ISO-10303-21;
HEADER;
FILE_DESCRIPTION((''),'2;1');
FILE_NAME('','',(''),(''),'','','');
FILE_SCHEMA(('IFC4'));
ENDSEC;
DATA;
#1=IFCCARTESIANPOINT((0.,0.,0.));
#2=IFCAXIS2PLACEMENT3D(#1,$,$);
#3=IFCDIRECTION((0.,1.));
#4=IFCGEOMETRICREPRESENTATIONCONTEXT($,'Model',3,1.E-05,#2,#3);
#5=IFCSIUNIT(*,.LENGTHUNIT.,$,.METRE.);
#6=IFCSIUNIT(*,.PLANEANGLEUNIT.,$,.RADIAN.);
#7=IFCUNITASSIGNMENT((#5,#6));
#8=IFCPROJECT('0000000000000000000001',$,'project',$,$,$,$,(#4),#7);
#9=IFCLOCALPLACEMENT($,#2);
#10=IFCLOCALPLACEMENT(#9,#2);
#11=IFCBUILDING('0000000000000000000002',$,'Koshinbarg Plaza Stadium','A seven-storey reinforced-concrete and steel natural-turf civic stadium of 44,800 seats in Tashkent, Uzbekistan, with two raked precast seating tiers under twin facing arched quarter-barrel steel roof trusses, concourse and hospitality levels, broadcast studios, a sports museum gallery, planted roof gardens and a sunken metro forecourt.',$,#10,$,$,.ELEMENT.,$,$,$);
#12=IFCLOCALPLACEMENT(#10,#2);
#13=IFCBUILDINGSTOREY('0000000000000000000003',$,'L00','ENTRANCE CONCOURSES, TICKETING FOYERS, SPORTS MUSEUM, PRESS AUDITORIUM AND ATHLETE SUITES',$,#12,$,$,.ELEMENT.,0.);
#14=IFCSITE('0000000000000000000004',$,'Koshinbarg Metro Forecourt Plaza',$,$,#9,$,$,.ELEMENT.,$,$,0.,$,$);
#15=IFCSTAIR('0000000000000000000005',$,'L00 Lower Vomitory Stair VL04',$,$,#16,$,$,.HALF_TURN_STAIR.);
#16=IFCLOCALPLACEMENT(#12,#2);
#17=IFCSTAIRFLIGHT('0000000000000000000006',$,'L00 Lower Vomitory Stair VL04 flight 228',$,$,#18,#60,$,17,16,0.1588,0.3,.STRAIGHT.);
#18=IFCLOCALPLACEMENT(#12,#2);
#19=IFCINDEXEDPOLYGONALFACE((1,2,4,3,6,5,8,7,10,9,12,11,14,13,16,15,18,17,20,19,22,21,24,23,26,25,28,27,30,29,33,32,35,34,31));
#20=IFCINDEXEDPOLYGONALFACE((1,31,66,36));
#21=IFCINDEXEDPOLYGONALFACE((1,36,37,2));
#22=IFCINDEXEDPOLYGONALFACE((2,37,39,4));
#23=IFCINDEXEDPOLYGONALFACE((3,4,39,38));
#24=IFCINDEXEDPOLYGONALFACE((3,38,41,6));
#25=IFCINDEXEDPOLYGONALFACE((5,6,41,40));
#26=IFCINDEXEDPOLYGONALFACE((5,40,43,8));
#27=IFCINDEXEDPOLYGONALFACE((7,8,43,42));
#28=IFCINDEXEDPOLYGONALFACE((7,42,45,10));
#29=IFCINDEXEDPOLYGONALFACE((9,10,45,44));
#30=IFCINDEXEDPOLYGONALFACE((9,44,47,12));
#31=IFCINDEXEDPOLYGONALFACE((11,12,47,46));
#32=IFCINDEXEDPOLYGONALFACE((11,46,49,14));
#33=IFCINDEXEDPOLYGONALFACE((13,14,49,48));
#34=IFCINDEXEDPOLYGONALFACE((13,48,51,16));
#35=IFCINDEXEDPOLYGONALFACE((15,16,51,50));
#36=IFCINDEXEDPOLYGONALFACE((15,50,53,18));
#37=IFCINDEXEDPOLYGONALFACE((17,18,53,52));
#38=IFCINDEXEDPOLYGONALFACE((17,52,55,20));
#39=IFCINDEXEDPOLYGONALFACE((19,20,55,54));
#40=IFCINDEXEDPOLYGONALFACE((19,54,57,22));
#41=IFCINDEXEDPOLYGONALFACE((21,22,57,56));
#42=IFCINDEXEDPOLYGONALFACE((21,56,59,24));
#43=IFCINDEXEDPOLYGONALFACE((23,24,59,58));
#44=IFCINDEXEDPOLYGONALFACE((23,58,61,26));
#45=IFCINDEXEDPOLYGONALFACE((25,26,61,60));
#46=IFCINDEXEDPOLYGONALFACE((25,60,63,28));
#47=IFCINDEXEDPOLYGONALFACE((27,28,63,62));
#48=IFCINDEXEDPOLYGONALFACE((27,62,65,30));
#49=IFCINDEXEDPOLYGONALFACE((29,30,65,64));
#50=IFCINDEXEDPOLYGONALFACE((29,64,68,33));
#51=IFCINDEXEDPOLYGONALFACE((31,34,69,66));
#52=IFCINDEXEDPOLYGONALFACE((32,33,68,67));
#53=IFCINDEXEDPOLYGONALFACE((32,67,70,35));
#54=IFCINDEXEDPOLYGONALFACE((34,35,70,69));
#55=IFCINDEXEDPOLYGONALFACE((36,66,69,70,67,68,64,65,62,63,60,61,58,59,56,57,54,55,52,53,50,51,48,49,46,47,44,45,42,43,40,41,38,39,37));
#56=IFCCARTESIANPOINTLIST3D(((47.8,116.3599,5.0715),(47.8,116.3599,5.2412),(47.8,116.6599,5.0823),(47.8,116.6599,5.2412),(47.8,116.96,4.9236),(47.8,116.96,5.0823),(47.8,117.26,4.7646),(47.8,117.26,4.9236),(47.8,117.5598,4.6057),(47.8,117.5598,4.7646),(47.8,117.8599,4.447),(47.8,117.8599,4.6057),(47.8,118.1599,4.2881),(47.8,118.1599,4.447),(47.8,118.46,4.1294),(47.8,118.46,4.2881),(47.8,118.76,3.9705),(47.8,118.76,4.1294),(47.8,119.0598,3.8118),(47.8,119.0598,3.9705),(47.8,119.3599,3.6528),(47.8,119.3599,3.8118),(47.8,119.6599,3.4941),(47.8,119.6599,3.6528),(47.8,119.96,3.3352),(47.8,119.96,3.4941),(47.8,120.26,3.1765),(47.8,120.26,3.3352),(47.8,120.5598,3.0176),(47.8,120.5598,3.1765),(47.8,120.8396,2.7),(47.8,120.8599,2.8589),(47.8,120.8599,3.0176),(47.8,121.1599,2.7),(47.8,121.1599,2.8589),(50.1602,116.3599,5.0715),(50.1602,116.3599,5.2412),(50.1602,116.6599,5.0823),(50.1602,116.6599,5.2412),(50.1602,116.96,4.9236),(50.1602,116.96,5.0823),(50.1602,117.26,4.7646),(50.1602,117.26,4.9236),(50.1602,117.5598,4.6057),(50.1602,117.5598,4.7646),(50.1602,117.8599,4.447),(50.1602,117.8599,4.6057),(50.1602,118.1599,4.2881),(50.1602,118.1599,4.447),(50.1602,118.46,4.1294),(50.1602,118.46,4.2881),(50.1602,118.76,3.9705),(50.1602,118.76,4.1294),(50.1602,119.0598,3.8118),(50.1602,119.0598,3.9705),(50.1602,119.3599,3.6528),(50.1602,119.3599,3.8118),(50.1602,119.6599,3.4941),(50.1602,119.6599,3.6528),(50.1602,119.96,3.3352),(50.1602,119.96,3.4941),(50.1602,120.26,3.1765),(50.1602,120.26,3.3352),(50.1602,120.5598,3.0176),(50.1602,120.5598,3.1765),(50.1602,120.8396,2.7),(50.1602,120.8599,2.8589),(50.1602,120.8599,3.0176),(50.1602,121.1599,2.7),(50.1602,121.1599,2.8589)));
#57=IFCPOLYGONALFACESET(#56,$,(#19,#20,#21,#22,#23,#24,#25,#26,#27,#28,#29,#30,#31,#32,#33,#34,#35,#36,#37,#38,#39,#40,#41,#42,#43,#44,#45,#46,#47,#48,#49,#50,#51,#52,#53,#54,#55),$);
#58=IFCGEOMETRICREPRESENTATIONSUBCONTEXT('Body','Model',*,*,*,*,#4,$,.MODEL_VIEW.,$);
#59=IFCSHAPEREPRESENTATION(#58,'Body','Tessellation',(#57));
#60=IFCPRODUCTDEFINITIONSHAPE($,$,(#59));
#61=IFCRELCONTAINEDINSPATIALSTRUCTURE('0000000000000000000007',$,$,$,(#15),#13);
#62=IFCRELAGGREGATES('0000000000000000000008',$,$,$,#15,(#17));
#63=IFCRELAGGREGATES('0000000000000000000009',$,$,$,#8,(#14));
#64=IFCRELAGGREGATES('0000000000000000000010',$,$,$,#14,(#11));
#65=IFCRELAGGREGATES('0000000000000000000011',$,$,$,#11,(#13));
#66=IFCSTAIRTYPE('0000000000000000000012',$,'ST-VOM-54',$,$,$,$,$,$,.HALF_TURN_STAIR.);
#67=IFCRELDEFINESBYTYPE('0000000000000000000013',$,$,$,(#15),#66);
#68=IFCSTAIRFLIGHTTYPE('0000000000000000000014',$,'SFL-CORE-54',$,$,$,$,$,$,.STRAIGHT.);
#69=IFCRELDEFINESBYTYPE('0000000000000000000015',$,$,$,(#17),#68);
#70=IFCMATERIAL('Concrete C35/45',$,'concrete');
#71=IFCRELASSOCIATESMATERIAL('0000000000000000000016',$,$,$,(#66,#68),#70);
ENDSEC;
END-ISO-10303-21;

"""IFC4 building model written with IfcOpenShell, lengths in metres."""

from ifc_helpers import new_model, si_unit, direction, frame, origin, place, context, subcontext, project, spatial, polyline, outline, extrude, material, type_object, element, aggregate, save


model = new_model("IFC4")

# Units and contexts
model_context = context("Model", 3, precision=1e-05, world=origin(), true_north=direction((0.0, 1.0)))
body_context = subcontext(model_context, "Body", "Model", "MODEL_VIEW")
ifc_project = project(units=[si_unit("LENGTHUNIT", "METRE"), si_unit("PLANEANGLEUNIT", "RADIAN")], contexts=[model_context])

# Site, building, storey
site_placement = place(None, origin())
site = spatial("IfcSite", under=ifc_project, at=site_placement, Name="Koshinbarg Metro Forecourt Plaza", CompositionType="ELEMENT", RefElevation=0.0)
building_placement = place(site_placement, origin())
building = spatial("IfcBuilding", under=site, at=building_placement, Name="Koshinbarg Plaza Stadium", Description="A seven-storey reinforced-concrete and steel natural-turf civic stadium of 44,800 seats in Tashkent, Uzbekistan, with two raked precast seating tiers under twin facing arched quarter-barrel steel roof trusses, concourse and hospitality levels, broadcast studios, a sports museum gallery, planted roof gardens and a sunken metro forecourt.", CompositionType="ELEMENT")
storey_placement = place(building_placement, origin())
storey = spatial("IfcBuildingStorey", under=building, at=storey_placement, Name="L00", Description="ENTRANCE CONCOURSES, TICKETING FOYERS, SPORTS MUSEUM, PRESS AUDITORIUM AND ATHLETE SUITES", CompositionType="ELEMENT", Elevation=0.0)

# Shared definitions
ifc_material_1 = material(Name="Concrete C35/45", Category="concrete")

# Stair, stair flight
stair_type = type_object("IfcStairType", Name="ST-VOM-54", PredefinedType="HALF_TURN_STAIR", material=ifc_material_1)
stair_placement = place(storey_placement, origin())
stair = element("IfcStair", 1, at=stair_placement, inside=storey, type_object=stair_type, Name="L00 Lower Vomitory Stair VL04", PredefinedType="HALF_TURN_STAIR")
stair_flight_type = type_object("IfcStairFlightType", Name="SFL-CORE-54", PredefinedType="STRAIGHT", material=ifc_material_1)
stair_flight_1_placement = place(storey_placement, frame((48.98, 121.1599, 2.7), z_axis=(0.0, 0.0, 1.0), x_axis=(0.0, -1.0, 0.0)))
stair_flight_1 = element("IfcStairFlight", 2, at=stair_flight_1_placement, type_object=stair_flight_type, Name="L00 Lower Vomitory Stair VL04 flight 228", NumberOfRisers=17, NumberOfTreads=16, PredefinedType="STRAIGHT", RiserHeight=0.1588, TreadLength=0.3, context=body_context, shape_type="SweptSolid", body=[
    extrude(outline(polyline([(0.0, 0.0), (0.0, 0.1589), (0.3, 0.1589), (0.3, 0.3176), (0.6001, 0.3176), (0.6001, 0.4766), (0.8999, 0.4766), (0.8999, 0.6353), (1.2, 0.6353), (1.2, 0.7942), (1.5, 0.7942), (1.5, 0.9529), (1.8, 0.9529), (1.8, 1.1118), (2.1001, 1.1118), (2.1001, 1.2705), (2.3999, 1.2705), (2.3999, 1.4294), (2.7, 1.4294), (2.7, 1.5881), (3.0, 1.5881), (3.0, 1.7471), (3.3, 1.7471), (3.3, 1.9058), (3.6001, 1.9058), (3.6001, 2.0647), (3.8999, 2.0647), (3.8999, 2.2236), (4.2, 2.2236), (4.2, 2.3823), (4.5, 2.3823), (4.5, 2.5413), (4.8, 2.5413), (4.8, 2.7), (4.8, 2.3716), (0.3203, 0.0), (0.0, 0.0)])), frame((0.0, 1.1802, 0.0), z_axis=(0.0, -1.0, 0.0), x_axis=(1.0, 0.0, 0.0)), (0.0, 0.0, 1.0), 2.3601),
])
aggregate(stair, [stair_flight_1])

save(model, "model.ifc")
